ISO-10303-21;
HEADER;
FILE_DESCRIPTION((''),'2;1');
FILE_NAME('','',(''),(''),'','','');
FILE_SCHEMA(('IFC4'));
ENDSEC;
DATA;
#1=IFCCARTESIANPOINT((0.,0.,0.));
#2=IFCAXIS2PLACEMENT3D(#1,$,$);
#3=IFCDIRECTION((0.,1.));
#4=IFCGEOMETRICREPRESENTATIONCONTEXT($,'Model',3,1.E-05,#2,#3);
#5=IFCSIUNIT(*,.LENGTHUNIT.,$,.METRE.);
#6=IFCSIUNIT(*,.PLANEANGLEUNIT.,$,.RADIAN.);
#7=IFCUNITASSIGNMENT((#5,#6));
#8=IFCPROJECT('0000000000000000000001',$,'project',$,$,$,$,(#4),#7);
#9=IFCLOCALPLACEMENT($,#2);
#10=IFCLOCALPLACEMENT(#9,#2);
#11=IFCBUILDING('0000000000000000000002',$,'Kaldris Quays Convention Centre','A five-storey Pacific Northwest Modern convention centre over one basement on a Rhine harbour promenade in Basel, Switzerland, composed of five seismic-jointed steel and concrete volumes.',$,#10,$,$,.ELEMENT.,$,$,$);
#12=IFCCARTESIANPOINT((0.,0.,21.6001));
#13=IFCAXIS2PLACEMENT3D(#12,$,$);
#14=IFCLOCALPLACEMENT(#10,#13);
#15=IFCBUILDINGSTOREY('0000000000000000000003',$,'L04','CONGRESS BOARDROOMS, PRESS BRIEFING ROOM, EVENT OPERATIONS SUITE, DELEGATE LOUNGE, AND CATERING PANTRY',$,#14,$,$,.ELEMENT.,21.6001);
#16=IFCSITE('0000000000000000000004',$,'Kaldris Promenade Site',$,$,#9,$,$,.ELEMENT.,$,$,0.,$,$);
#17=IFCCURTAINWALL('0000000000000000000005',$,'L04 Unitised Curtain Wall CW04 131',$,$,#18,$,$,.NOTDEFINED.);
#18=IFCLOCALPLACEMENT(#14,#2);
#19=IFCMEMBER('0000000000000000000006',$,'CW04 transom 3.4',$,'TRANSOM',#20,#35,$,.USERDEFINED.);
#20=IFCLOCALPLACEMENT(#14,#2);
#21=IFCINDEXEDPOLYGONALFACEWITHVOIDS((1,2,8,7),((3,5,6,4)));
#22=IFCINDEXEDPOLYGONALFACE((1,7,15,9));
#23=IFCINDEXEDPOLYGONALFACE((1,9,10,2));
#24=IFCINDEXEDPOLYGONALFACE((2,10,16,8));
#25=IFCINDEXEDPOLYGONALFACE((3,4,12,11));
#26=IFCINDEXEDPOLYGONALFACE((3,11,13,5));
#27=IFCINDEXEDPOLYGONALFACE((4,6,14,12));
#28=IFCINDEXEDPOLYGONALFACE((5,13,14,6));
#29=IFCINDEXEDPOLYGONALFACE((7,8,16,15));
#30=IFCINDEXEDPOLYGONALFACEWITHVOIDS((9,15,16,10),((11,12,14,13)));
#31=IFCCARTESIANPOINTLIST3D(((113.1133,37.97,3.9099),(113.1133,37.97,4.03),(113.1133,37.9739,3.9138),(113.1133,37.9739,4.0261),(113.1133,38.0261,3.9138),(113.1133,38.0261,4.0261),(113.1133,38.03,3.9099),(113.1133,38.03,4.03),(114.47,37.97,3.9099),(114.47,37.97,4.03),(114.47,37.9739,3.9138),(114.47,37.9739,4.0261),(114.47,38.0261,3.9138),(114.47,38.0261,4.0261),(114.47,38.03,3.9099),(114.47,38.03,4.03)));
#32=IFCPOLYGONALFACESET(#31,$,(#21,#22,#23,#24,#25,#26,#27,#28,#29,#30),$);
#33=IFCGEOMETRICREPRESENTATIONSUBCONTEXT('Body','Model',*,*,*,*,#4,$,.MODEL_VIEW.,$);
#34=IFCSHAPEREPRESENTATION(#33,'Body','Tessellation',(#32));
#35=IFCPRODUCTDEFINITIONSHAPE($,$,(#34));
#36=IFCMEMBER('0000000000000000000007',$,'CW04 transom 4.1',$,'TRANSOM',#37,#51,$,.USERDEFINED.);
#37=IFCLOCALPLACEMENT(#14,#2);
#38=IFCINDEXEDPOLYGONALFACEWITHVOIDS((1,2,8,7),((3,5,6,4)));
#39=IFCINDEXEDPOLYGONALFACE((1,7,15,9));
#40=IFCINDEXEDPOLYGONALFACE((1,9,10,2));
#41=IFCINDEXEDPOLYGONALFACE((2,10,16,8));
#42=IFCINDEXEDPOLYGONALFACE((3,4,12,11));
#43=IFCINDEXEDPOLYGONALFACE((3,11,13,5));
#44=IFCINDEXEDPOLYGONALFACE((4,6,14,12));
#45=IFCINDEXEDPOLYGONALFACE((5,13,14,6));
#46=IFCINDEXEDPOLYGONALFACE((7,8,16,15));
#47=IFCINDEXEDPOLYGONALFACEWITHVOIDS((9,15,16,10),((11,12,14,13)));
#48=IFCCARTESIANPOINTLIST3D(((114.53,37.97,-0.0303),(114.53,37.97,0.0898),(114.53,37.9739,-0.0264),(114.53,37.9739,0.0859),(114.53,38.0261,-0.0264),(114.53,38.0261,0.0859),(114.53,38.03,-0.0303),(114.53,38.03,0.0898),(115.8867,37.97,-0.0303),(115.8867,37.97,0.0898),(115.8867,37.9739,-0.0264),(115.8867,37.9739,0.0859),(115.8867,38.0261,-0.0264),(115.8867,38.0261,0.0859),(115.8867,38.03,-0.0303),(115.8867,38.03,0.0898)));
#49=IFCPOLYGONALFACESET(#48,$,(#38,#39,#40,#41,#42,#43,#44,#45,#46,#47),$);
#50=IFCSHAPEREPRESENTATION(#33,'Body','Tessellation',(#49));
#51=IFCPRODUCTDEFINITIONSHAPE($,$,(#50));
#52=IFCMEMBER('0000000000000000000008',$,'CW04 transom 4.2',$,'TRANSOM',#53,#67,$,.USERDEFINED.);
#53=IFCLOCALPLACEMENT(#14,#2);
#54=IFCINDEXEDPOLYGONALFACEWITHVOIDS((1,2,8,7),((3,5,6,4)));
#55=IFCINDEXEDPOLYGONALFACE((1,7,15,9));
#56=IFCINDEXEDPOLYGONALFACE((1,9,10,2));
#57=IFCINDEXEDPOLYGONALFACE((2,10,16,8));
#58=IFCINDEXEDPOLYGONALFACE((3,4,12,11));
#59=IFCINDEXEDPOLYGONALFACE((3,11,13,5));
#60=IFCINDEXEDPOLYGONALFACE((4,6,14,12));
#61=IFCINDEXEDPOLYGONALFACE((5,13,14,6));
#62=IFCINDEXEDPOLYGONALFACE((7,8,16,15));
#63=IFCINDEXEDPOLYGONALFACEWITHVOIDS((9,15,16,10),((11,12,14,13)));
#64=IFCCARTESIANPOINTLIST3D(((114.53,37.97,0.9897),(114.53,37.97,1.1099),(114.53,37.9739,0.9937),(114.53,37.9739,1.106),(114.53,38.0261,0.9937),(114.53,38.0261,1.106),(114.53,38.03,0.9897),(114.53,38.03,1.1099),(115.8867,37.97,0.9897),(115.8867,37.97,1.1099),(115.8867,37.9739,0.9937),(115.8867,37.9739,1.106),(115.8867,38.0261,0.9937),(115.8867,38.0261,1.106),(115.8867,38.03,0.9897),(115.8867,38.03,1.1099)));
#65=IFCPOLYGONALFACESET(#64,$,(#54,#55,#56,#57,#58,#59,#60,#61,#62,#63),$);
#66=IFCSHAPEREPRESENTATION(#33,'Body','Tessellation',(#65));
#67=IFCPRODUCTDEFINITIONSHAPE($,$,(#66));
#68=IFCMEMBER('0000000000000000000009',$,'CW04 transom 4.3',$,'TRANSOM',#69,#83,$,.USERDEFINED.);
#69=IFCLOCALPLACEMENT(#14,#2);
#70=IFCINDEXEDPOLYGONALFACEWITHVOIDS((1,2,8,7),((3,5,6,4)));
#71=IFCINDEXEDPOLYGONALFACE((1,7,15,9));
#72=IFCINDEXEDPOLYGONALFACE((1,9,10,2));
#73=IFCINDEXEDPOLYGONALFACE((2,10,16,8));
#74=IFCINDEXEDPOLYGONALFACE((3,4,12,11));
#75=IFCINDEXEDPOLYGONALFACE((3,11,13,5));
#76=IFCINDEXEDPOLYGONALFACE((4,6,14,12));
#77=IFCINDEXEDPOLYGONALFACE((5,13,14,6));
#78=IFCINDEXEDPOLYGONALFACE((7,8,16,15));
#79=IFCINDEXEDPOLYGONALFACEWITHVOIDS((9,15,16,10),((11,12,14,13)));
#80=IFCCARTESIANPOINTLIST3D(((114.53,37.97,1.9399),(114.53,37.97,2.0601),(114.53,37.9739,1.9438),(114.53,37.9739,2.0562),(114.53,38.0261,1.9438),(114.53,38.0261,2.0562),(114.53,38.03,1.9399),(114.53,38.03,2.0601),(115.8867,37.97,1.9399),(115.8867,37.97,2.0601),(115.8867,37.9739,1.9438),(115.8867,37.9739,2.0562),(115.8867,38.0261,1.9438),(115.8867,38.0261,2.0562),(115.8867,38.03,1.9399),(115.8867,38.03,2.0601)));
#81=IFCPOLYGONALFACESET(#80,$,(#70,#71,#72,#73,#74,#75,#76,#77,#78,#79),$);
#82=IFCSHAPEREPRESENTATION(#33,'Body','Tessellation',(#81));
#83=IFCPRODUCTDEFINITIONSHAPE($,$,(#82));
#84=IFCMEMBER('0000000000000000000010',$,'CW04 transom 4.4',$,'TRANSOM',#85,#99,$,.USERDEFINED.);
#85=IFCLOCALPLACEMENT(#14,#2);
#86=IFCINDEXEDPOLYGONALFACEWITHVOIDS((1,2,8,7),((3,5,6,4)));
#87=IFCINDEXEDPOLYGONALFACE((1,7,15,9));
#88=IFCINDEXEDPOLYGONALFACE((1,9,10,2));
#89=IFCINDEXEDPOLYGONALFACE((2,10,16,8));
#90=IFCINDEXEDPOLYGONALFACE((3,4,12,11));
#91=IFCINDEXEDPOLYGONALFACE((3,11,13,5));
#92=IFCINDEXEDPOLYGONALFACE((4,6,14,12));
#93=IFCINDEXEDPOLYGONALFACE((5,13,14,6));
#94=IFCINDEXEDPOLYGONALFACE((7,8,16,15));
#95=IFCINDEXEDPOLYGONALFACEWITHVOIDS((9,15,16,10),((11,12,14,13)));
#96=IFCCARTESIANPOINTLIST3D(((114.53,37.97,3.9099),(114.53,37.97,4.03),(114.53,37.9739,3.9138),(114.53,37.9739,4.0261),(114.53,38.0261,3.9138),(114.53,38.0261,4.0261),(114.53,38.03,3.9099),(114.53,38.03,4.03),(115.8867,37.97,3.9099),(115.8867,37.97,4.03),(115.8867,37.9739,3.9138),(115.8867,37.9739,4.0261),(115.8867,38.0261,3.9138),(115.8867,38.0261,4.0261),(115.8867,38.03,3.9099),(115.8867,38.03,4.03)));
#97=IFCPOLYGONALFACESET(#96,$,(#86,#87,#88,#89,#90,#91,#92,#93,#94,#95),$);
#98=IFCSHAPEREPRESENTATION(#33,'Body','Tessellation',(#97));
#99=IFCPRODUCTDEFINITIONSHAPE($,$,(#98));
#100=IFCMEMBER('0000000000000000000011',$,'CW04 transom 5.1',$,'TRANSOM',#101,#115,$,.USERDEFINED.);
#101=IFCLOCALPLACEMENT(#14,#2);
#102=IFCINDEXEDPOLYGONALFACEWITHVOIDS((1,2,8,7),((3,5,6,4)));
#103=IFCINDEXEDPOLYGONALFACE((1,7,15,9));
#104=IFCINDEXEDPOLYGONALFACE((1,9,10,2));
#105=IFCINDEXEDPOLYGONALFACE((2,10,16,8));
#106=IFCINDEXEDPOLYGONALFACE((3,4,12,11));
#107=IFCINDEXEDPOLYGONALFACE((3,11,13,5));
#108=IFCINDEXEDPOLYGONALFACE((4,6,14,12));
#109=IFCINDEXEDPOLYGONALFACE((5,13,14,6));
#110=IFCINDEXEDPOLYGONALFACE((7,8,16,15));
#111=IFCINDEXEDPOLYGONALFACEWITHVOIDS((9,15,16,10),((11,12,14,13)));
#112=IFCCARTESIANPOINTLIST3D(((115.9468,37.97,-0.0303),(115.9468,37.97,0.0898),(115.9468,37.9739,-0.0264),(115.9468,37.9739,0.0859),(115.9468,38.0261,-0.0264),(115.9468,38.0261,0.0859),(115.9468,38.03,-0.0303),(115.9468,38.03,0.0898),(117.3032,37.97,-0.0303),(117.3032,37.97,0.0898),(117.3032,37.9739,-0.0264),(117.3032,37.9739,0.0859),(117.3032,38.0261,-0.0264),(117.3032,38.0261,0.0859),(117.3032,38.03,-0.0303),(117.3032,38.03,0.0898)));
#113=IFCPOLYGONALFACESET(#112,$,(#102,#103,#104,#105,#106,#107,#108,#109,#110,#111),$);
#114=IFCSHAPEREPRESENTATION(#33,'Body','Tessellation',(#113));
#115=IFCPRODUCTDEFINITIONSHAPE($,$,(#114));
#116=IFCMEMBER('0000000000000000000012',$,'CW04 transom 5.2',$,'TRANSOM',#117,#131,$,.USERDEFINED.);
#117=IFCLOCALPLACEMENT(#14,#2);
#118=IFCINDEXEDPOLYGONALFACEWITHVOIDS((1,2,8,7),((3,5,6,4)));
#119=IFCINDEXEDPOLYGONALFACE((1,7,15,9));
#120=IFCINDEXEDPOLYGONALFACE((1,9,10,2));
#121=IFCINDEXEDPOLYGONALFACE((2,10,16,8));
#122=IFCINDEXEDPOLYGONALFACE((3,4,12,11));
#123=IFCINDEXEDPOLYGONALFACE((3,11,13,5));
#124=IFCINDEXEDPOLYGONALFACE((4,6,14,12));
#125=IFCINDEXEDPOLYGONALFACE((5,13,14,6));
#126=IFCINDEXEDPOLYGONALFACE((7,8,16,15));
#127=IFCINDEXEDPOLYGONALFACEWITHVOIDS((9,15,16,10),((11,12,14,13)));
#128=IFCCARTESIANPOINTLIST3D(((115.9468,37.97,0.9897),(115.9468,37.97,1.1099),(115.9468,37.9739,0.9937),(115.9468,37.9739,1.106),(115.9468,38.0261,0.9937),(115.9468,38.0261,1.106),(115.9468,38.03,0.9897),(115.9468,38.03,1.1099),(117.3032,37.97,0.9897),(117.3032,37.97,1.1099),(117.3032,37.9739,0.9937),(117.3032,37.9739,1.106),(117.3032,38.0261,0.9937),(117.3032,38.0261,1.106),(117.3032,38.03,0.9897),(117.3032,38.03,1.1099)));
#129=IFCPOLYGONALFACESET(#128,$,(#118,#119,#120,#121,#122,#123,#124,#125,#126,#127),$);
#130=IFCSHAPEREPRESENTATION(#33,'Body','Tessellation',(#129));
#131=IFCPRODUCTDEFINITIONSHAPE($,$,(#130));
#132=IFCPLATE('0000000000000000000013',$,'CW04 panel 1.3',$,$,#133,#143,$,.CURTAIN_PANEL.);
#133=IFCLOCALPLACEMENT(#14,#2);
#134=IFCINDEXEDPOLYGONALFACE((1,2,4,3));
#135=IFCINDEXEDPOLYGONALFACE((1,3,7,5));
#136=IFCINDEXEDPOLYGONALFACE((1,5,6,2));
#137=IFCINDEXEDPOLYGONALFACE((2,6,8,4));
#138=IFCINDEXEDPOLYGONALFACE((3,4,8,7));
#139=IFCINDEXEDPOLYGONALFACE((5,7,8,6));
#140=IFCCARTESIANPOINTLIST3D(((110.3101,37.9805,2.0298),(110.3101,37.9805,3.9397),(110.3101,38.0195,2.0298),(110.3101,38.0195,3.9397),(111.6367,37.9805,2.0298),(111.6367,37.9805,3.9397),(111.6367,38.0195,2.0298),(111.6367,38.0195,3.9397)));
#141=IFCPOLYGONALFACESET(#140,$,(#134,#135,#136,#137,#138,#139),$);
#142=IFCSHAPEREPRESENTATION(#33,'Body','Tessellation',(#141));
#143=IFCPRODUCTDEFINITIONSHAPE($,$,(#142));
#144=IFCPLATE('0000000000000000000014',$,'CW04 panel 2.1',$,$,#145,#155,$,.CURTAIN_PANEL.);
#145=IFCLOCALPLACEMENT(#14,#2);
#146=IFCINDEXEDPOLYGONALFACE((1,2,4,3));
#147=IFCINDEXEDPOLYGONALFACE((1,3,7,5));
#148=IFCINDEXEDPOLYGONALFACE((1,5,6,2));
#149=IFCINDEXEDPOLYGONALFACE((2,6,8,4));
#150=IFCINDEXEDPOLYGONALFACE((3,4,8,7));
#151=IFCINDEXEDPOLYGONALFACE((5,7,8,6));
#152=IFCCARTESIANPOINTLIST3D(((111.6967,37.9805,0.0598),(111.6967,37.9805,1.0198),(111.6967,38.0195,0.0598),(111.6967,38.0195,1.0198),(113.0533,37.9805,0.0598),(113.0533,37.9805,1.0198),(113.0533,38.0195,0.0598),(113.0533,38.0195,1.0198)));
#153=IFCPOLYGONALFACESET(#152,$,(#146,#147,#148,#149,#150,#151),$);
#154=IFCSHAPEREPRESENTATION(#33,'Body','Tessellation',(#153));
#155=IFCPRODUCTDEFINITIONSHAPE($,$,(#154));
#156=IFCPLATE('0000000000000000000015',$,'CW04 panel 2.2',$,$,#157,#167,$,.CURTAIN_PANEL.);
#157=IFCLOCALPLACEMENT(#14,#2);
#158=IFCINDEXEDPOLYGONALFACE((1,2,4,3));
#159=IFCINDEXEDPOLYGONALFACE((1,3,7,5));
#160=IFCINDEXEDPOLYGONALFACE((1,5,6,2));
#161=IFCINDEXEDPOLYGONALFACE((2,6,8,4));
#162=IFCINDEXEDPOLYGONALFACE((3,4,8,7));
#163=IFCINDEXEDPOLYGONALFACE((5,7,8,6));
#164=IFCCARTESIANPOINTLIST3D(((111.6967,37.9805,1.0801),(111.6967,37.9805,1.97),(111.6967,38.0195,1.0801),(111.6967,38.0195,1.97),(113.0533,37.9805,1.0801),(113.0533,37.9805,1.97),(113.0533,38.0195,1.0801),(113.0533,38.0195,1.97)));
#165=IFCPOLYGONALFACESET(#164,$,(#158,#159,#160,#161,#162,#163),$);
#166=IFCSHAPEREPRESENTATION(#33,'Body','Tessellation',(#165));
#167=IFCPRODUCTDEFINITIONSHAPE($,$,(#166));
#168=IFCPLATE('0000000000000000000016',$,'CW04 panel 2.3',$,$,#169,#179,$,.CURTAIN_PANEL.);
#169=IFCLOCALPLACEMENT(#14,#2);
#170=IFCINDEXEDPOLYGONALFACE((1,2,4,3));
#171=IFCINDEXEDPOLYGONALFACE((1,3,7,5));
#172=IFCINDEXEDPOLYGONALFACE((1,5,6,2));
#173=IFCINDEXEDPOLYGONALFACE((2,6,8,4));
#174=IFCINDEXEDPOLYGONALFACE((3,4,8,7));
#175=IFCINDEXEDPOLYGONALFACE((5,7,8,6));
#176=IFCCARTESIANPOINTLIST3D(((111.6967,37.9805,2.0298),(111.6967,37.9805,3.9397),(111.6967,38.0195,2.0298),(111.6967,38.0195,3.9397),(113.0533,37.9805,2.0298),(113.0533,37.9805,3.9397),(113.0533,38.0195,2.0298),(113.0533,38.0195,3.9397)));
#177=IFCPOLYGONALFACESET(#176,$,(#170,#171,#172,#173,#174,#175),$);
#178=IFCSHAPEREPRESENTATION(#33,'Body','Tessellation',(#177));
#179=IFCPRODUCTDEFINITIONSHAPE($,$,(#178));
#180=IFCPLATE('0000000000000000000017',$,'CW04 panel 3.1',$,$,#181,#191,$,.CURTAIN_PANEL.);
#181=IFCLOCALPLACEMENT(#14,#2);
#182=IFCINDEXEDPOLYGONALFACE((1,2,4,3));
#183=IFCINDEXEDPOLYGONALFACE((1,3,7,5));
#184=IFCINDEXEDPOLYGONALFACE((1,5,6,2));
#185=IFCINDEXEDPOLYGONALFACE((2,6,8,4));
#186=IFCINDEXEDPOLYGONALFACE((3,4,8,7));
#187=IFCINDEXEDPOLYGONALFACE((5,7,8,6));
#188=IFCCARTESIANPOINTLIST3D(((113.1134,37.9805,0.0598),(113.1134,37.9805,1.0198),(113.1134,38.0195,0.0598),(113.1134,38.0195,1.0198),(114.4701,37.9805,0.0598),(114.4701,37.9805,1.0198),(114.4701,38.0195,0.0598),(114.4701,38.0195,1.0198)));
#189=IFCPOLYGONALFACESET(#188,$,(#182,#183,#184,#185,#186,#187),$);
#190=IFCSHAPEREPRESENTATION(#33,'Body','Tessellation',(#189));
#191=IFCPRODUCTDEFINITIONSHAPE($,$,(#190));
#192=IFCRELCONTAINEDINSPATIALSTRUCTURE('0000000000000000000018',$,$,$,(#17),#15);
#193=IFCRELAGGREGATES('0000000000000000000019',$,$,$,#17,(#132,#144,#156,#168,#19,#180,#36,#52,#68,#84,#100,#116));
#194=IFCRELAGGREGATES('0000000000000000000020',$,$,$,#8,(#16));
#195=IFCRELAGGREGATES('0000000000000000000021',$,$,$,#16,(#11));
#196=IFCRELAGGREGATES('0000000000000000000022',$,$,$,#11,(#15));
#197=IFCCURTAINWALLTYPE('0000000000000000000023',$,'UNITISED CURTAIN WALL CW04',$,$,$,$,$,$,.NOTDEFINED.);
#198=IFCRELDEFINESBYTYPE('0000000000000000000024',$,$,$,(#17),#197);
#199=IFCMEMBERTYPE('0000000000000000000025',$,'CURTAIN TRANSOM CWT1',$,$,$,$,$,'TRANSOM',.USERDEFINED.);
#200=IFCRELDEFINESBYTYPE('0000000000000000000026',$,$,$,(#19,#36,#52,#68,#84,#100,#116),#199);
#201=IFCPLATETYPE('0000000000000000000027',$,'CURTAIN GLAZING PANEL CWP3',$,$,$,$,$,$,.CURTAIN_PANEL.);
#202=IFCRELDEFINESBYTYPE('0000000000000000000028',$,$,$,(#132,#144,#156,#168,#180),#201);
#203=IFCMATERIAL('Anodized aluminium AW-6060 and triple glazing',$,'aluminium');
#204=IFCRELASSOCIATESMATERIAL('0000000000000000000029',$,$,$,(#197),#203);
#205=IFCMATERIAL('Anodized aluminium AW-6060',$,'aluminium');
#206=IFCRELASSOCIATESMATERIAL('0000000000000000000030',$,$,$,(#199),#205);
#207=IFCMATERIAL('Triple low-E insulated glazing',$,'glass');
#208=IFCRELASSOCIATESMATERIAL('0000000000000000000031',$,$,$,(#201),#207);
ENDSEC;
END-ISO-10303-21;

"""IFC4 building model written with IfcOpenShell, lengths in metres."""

from ifc_helpers import new_model, si_unit, direction, frame, origin, origin_2d, place, context, subcontext, project, spatial, rectangle, hollow_rectangle, extrude, material, material_profile, profile_set, type_object, element, aggregate, save


model = new_model("IFC4")

# Units and contexts
model_context = context("Model", 3, precision=1e-05, world=origin(), true_north=direction((0.0, 1.0)))
body_context = subcontext(model_context, "Body", "Model", "MODEL_VIEW")
ifc_project = project(units=[si_unit("LENGTHUNIT", "METRE"), si_unit("PLANEANGLEUNIT", "RADIAN")], contexts=[model_context])

# Site, building, storey
site_placement = place(None, origin())
site = spatial("IfcSite", under=ifc_project, at=site_placement, Name="Kaldris Promenade Site", CompositionType="ELEMENT", RefElevation=0.0)
building_placement = place(site_placement, origin())
building = spatial("IfcBuilding", under=site, at=building_placement, Name="Kaldris Quays Convention Centre", Description="A five-storey Pacific Northwest Modern convention centre over one basement on a Rhine harbour promenade in Basel, Switzerland, composed of five seismic-jointed steel and concrete volumes.", CompositionType="ELEMENT")
storey_placement = place(building_placement, frame((0.0, 0.0, 21.6001)))
storey = spatial("IfcBuildingStorey", under=building, at=storey_placement, Name="L04", Description="CONGRESS BOARDROOMS, PRESS BRIEFING ROOM, EVENT OPERATIONS SUITE, DELEGATE LOUNGE, AND CATERING PANTRY", CompositionType="ELEMENT", Elevation=21.6001)

# Curtain wall, members, plates
ifc_material_1 = material(Name="Anodized aluminium AW-6060 and triple glazing", Category="aluminium")
curtain_wall_type = type_object("IfcCurtainWallType", Name="UNITISED CURTAIN WALL CW04", PredefinedType="NOTDEFINED", material=ifc_material_1)
curtain_wall_placement = place(storey_placement, origin())
curtain_wall = element("IfcCurtainWall", 1, at=curtain_wall_placement, inside=storey, type_object=curtain_wall_type, Name="L04 Unitised Curtain Wall CW04 131", PredefinedType="NOTDEFINED")
ifc_material_2 = material(Name="Anodized aluminium AW-6060", Category="aluminium")
ifc_material_profile_1 = material_profile(ifc_material_2, hollow_rectangle(XDim=0.0601, YDim=0.1201, WallThickness=0.0039, at=origin_2d()), Name="RHS 120x60x4")
ifc_profile_set_1 = profile_set([ifc_material_profile_1], Name="Anodized aluminium AW-6060")
member_type_1 = type_object("IfcMemberType", Name="CURTAIN TRANSOM CWT1", ElementType="TRANSOM", PredefinedType="USERDEFINED", material=ifc_profile_set_1)
member_1_placement = place(storey_placement, frame((113.1133, 38.0, 3.97), z_axis=(1.0, 0.0, 0.0), x_axis=(0.0, 1.0, 0.0)))
member_1 = element("IfcMember", 2, at=member_1_placement, type_object=member_type_1, Name="CW04 transom 3.4", ObjectType="TRANSOM", PredefinedType="USERDEFINED", context=body_context, shape_type="SweptSolid", body=[
    extrude(hollow_rectangle(XDim=0.0601, YDim=0.1201, WallThickness=0.0039, at=origin_2d()), origin(), (0.0, 0.0, 1.0), 1.3567),
])
member_2_placement = place(storey_placement, frame((114.53, 38.0, 0.0298), z_axis=(1.0, 0.0, 0.0), x_axis=(0.0, 1.0, 0.0)))
member_2 = element("IfcMember", 3, at=member_2_placement, type_object=member_type_1, Name="CW04 transom 4.1", ObjectType="TRANSOM", PredefinedType="USERDEFINED", context=body_context, shape_type="SweptSolid", body=[
    extrude(hollow_rectangle(XDim=0.0601, YDim=0.1201, WallThickness=0.0039, at=origin_2d()), origin(), (0.0, 0.0, 1.0), 1.3567),
])
member_3_placement = place(storey_placement, frame((114.53, 38.0, 1.0498), z_axis=(1.0, 0.0, 0.0), x_axis=(0.0, 1.0, 0.0)))
member_3 = element("IfcMember", 4, at=member_3_placement, type_object=member_type_1, Name="CW04 transom 4.2", ObjectType="TRANSOM", PredefinedType="USERDEFINED", context=body_context, shape_type="SweptSolid", body=[
    extrude(hollow_rectangle(XDim=0.0601, YDim=0.1201, WallThickness=0.0039, at=origin_2d()), origin(), (0.0, 0.0, 1.0), 1.3567),
])
member_4_placement = place(storey_placement, frame((114.53, 38.0, 2.0), z_axis=(1.0, 0.0, 0.0), x_axis=(0.0, 1.0, 0.0)))
member_4 = element("IfcMember", 5, at=member_4_placement, type_object=member_type_1, Name="CW04 transom 4.3", ObjectType="TRANSOM", PredefinedType="USERDEFINED", context=body_context, shape_type="SweptSolid", body=[
    extrude(hollow_rectangle(XDim=0.0601, YDim=0.1201, WallThickness=0.0039, at=origin_2d()), origin(), (0.0, 0.0, 1.0), 1.3567),
])
member_5_placement = place(storey_placement, frame((114.53, 38.0, 3.97), z_axis=(1.0, 0.0, 0.0), x_axis=(0.0, 1.0, 0.0)))
member_5 = element("IfcMember", 6, at=member_5_placement, type_object=member_type_1, Name="CW04 transom 4.4", ObjectType="TRANSOM", PredefinedType="USERDEFINED", context=body_context, shape_type="SweptSolid", body=[
    extrude(hollow_rectangle(XDim=0.0601, YDim=0.1201, WallThickness=0.0039, at=origin_2d()), origin(), (0.0, 0.0, 1.0), 1.3567),
])
member_6_placement = place(storey_placement, frame((115.9468, 38.0, 0.0298), z_axis=(1.0, 0.0, 0.0), x_axis=(0.0, 1.0, 0.0)))
member_6 = element("IfcMember", 7, at=member_6_placement, type_object=member_type_1, Name="CW04 transom 5.1", ObjectType="TRANSOM", PredefinedType="USERDEFINED", context=body_context, shape_type="SweptSolid", body=[
    extrude(hollow_rectangle(XDim=0.0601, YDim=0.1201, WallThickness=0.0039, at=origin_2d()), origin(), (0.0, 0.0, 1.0), 1.3564),
])
member_7_placement = place(storey_placement, frame((115.9468, 38.0, 1.0498), z_axis=(1.0, 0.0, 0.0), x_axis=(0.0, 1.0, 0.0)))
member_7 = element("IfcMember", 8, at=member_7_placement, type_object=member_type_1, Name="CW04 transom 5.2", ObjectType="TRANSOM", PredefinedType="USERDEFINED", context=body_context, shape_type="SweptSolid", body=[
    extrude(hollow_rectangle(XDim=0.0601, YDim=0.1201, WallThickness=0.0039, at=origin_2d()), origin(), (0.0, 0.0, 1.0), 1.3564),
])
ifc_material_3 = material(Name="Triple low-E insulated glazing", Category="glass")
plate_type = type_object("IfcPlateType", Name="CURTAIN GLAZING PANEL CWP3", PredefinedType="CURTAIN_PANEL", material=ifc_material_3)
plate_1_placement = place(storey_placement, frame((110.9734, 38.0, 2.0298), z_axis=(0.0, 0.0, 1.0), x_axis=(1.0, 0.0, 0.0)))
plate_1 = element("IfcPlate", 9, at=plate_1_placement, type_object=plate_type, Name="CW04 panel 1.3", PredefinedType="CURTAIN_PANEL", context=body_context, shape_type="SweptSolid", body=[
    extrude(rectangle(XDim=1.3267, YDim=0.0391, at=origin_2d()), origin(), (0.0, 0.0, 1.0), 1.9099),
])
plate_2_placement = place(storey_placement, frame((112.375, 38.0, 0.0598), z_axis=(0.0, 0.0, 1.0), x_axis=(1.0, 0.0, 0.0)))
plate_2 = element("IfcPlate", 10, at=plate_2_placement, type_object=plate_type, Name="CW04 panel 2.1", PredefinedType="CURTAIN_PANEL", context=body_context, shape_type="SweptSolid", body=[
    extrude(rectangle(XDim=1.3567, YDim=0.0391, at=origin_2d()), origin(), (0.0, 0.0, 1.0), 0.96),
])
plate_3_placement = place(storey_placement, frame((112.375, 38.0, 1.0801), z_axis=(0.0, 0.0, 1.0), x_axis=(1.0, 0.0, 0.0)))
plate_3 = element("IfcPlate", 11, at=plate_3_placement, type_object=plate_type, Name="CW04 panel 2.2", PredefinedType="CURTAIN_PANEL", context=body_context, shape_type="SweptSolid", body=[
    extrude(rectangle(XDim=1.3567, YDim=0.0391, at=origin_2d()), origin(), (0.0, 0.0, 1.0), 0.8899),
])
plate_4_placement = place(storey_placement, frame((112.375, 38.0, 2.0298), z_axis=(0.0, 0.0, 1.0), x_axis=(1.0, 0.0, 0.0)))
plate_4 = element("IfcPlate", 12, at=plate_4_placement, type_object=plate_type, Name="CW04 panel 2.3", PredefinedType="CURTAIN_PANEL", context=body_context, shape_type="SweptSolid", body=[
    extrude(rectangle(XDim=1.3567, YDim=0.0391, at=origin_2d()), origin(), (0.0, 0.0, 1.0), 1.9099),
])
plate_5_placement = place(storey_placement, frame((113.7917, 38.0, 0.0598), z_axis=(0.0, 0.0, 1.0), x_axis=(1.0, 0.0, 0.0)))
plate_5 = element("IfcPlate", 13, at=plate_5_placement, type_object=plate_type, Name="CW04 panel 3.1", PredefinedType="CURTAIN_PANEL", context=body_context, shape_type="SweptSolid", body=[
    extrude(rectangle(XDim=1.3567, YDim=0.0391, at=origin_2d()), origin(), (0.0, 0.0, 1.0), 0.96),
])
aggregate(curtain_wall, [plate_1, plate_2, plate_3, plate_4, member_1, plate_5, member_2, member_3, member_4, member_5, member_6, member_7])

save(model, "model.ifc")
